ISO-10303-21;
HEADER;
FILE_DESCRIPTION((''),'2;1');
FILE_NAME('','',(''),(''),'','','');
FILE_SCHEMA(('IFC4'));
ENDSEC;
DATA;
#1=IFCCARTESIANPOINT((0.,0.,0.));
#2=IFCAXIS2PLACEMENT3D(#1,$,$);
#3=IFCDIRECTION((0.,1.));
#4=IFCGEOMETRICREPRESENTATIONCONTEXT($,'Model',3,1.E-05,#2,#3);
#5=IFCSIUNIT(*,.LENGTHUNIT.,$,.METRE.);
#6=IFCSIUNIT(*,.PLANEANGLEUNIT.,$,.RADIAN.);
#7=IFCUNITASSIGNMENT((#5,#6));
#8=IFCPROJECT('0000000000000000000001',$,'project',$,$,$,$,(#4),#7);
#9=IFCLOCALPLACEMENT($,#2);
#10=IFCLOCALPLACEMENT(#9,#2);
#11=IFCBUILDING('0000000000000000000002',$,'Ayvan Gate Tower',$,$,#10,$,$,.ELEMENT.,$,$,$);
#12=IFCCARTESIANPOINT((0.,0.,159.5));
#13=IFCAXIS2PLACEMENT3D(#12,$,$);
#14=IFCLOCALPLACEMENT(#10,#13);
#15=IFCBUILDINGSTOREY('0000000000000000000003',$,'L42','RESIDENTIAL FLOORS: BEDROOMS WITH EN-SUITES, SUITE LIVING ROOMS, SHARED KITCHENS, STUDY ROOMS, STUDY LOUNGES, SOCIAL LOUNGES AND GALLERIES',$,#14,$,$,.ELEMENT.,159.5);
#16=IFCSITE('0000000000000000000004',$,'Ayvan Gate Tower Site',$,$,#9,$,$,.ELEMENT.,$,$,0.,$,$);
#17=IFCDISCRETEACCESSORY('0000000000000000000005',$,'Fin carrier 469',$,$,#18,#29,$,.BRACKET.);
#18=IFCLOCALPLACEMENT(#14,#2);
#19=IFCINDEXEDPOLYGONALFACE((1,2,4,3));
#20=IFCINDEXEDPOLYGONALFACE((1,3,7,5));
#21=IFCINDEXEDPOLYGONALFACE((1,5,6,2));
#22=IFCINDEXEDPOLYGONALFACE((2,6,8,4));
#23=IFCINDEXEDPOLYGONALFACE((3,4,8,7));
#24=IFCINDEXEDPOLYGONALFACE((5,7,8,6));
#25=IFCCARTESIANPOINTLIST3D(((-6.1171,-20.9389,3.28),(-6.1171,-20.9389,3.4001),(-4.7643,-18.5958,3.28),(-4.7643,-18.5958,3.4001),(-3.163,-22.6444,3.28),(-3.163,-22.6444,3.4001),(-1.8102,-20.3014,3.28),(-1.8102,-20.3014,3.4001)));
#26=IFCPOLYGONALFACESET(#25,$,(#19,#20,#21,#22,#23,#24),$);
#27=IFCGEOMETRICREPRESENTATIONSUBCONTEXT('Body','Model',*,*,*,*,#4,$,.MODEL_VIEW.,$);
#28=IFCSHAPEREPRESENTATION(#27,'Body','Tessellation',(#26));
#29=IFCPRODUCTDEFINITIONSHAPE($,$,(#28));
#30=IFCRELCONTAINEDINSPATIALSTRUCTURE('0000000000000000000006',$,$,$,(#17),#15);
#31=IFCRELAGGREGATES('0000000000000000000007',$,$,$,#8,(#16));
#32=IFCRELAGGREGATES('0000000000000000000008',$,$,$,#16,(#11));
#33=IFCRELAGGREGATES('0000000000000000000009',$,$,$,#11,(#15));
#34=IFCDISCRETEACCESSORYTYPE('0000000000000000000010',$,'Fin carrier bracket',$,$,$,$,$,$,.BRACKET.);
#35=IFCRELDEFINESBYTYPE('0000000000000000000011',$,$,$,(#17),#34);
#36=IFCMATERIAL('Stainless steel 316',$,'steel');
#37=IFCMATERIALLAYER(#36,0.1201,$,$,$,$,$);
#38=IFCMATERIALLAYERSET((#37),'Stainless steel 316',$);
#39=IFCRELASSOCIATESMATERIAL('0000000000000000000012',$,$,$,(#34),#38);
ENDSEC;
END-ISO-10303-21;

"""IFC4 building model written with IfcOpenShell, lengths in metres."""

from ifc_helpers import new_model, si_unit, direction, frame, origin, origin_2d, place, context, subcontext, project, spatial, rectangle, extrude, material, layer, layer_set, type_object, element, save


model = new_model("IFC4")

# Units and contexts
model_context = context("Model", 3, precision=1e-05, world=origin(), true_north=direction((0.0, 1.0)))
body_context = subcontext(model_context, "Body", "Model", "MODEL_VIEW")
ifc_project = project(units=[si_unit("LENGTHUNIT", "METRE"), si_unit("PLANEANGLEUNIT", "RADIAN")], contexts=[model_context])

# Site, building, storey
site_placement = place(None, origin())
site = spatial("IfcSite", under=ifc_project, at=site_placement, Name="Ayvan Gate Tower Site", CompositionType="ELEMENT", RefElevation=0.0)
building_placement = place(site_placement, origin())
building = spatial("IfcBuilding", under=site, at=building_placement, Name="Ayvan Gate Tower", CompositionType="ELEMENT")
storey_placement = place(building_placement, frame((0.0, 0.0, 159.5)))
storey = spatial("IfcBuildingStorey", under=building, at=storey_placement, Name="L42", Description="RESIDENTIAL FLOORS: BEDROOMS WITH EN-SUITES, SUITE LIVING ROOMS, SHARED KITCHENS, STUDY ROOMS, STUDY LOUNGES, SOCIAL LOUNGES AND GALLERIES", CompositionType="ELEMENT", Elevation=159.5)

# Discrete accessory
ifc_material_1 = material(Name="Stainless steel 316", Category="steel")
ifc_layer_1 = layer(ifc_material_1, 0.1201)
ifc_layer_set_1 = layer_set([ifc_layer_1], Name="Stainless steel 316")
discrete_accessory_type = type_object("IfcDiscreteAccessoryType", Name="Fin carrier bracket", PredefinedType="BRACKET", material=ifc_layer_set_1)
discrete_accessory_1_placement = place(storey_placement, frame((-3.9636, -20.6201, 3.28), z_axis=(0.0, 0.0, 1.0), x_axis=(0.866025, -0.5, 0.0)))
element("IfcDiscreteAccessory", 1, at=discrete_accessory_1_placement, inside=storey, type_object=discrete_accessory_type, Name="Fin carrier 469", PredefinedType="BRACKET", context=body_context, shape_type="SweptSolid", body=[
    extrude(rectangle(XDim=3.4111, YDim=2.7056, at=origin_2d()), origin(), (0.0, 0.0, 1.0), 0.1201),
])

save(model, "model.ifc")
